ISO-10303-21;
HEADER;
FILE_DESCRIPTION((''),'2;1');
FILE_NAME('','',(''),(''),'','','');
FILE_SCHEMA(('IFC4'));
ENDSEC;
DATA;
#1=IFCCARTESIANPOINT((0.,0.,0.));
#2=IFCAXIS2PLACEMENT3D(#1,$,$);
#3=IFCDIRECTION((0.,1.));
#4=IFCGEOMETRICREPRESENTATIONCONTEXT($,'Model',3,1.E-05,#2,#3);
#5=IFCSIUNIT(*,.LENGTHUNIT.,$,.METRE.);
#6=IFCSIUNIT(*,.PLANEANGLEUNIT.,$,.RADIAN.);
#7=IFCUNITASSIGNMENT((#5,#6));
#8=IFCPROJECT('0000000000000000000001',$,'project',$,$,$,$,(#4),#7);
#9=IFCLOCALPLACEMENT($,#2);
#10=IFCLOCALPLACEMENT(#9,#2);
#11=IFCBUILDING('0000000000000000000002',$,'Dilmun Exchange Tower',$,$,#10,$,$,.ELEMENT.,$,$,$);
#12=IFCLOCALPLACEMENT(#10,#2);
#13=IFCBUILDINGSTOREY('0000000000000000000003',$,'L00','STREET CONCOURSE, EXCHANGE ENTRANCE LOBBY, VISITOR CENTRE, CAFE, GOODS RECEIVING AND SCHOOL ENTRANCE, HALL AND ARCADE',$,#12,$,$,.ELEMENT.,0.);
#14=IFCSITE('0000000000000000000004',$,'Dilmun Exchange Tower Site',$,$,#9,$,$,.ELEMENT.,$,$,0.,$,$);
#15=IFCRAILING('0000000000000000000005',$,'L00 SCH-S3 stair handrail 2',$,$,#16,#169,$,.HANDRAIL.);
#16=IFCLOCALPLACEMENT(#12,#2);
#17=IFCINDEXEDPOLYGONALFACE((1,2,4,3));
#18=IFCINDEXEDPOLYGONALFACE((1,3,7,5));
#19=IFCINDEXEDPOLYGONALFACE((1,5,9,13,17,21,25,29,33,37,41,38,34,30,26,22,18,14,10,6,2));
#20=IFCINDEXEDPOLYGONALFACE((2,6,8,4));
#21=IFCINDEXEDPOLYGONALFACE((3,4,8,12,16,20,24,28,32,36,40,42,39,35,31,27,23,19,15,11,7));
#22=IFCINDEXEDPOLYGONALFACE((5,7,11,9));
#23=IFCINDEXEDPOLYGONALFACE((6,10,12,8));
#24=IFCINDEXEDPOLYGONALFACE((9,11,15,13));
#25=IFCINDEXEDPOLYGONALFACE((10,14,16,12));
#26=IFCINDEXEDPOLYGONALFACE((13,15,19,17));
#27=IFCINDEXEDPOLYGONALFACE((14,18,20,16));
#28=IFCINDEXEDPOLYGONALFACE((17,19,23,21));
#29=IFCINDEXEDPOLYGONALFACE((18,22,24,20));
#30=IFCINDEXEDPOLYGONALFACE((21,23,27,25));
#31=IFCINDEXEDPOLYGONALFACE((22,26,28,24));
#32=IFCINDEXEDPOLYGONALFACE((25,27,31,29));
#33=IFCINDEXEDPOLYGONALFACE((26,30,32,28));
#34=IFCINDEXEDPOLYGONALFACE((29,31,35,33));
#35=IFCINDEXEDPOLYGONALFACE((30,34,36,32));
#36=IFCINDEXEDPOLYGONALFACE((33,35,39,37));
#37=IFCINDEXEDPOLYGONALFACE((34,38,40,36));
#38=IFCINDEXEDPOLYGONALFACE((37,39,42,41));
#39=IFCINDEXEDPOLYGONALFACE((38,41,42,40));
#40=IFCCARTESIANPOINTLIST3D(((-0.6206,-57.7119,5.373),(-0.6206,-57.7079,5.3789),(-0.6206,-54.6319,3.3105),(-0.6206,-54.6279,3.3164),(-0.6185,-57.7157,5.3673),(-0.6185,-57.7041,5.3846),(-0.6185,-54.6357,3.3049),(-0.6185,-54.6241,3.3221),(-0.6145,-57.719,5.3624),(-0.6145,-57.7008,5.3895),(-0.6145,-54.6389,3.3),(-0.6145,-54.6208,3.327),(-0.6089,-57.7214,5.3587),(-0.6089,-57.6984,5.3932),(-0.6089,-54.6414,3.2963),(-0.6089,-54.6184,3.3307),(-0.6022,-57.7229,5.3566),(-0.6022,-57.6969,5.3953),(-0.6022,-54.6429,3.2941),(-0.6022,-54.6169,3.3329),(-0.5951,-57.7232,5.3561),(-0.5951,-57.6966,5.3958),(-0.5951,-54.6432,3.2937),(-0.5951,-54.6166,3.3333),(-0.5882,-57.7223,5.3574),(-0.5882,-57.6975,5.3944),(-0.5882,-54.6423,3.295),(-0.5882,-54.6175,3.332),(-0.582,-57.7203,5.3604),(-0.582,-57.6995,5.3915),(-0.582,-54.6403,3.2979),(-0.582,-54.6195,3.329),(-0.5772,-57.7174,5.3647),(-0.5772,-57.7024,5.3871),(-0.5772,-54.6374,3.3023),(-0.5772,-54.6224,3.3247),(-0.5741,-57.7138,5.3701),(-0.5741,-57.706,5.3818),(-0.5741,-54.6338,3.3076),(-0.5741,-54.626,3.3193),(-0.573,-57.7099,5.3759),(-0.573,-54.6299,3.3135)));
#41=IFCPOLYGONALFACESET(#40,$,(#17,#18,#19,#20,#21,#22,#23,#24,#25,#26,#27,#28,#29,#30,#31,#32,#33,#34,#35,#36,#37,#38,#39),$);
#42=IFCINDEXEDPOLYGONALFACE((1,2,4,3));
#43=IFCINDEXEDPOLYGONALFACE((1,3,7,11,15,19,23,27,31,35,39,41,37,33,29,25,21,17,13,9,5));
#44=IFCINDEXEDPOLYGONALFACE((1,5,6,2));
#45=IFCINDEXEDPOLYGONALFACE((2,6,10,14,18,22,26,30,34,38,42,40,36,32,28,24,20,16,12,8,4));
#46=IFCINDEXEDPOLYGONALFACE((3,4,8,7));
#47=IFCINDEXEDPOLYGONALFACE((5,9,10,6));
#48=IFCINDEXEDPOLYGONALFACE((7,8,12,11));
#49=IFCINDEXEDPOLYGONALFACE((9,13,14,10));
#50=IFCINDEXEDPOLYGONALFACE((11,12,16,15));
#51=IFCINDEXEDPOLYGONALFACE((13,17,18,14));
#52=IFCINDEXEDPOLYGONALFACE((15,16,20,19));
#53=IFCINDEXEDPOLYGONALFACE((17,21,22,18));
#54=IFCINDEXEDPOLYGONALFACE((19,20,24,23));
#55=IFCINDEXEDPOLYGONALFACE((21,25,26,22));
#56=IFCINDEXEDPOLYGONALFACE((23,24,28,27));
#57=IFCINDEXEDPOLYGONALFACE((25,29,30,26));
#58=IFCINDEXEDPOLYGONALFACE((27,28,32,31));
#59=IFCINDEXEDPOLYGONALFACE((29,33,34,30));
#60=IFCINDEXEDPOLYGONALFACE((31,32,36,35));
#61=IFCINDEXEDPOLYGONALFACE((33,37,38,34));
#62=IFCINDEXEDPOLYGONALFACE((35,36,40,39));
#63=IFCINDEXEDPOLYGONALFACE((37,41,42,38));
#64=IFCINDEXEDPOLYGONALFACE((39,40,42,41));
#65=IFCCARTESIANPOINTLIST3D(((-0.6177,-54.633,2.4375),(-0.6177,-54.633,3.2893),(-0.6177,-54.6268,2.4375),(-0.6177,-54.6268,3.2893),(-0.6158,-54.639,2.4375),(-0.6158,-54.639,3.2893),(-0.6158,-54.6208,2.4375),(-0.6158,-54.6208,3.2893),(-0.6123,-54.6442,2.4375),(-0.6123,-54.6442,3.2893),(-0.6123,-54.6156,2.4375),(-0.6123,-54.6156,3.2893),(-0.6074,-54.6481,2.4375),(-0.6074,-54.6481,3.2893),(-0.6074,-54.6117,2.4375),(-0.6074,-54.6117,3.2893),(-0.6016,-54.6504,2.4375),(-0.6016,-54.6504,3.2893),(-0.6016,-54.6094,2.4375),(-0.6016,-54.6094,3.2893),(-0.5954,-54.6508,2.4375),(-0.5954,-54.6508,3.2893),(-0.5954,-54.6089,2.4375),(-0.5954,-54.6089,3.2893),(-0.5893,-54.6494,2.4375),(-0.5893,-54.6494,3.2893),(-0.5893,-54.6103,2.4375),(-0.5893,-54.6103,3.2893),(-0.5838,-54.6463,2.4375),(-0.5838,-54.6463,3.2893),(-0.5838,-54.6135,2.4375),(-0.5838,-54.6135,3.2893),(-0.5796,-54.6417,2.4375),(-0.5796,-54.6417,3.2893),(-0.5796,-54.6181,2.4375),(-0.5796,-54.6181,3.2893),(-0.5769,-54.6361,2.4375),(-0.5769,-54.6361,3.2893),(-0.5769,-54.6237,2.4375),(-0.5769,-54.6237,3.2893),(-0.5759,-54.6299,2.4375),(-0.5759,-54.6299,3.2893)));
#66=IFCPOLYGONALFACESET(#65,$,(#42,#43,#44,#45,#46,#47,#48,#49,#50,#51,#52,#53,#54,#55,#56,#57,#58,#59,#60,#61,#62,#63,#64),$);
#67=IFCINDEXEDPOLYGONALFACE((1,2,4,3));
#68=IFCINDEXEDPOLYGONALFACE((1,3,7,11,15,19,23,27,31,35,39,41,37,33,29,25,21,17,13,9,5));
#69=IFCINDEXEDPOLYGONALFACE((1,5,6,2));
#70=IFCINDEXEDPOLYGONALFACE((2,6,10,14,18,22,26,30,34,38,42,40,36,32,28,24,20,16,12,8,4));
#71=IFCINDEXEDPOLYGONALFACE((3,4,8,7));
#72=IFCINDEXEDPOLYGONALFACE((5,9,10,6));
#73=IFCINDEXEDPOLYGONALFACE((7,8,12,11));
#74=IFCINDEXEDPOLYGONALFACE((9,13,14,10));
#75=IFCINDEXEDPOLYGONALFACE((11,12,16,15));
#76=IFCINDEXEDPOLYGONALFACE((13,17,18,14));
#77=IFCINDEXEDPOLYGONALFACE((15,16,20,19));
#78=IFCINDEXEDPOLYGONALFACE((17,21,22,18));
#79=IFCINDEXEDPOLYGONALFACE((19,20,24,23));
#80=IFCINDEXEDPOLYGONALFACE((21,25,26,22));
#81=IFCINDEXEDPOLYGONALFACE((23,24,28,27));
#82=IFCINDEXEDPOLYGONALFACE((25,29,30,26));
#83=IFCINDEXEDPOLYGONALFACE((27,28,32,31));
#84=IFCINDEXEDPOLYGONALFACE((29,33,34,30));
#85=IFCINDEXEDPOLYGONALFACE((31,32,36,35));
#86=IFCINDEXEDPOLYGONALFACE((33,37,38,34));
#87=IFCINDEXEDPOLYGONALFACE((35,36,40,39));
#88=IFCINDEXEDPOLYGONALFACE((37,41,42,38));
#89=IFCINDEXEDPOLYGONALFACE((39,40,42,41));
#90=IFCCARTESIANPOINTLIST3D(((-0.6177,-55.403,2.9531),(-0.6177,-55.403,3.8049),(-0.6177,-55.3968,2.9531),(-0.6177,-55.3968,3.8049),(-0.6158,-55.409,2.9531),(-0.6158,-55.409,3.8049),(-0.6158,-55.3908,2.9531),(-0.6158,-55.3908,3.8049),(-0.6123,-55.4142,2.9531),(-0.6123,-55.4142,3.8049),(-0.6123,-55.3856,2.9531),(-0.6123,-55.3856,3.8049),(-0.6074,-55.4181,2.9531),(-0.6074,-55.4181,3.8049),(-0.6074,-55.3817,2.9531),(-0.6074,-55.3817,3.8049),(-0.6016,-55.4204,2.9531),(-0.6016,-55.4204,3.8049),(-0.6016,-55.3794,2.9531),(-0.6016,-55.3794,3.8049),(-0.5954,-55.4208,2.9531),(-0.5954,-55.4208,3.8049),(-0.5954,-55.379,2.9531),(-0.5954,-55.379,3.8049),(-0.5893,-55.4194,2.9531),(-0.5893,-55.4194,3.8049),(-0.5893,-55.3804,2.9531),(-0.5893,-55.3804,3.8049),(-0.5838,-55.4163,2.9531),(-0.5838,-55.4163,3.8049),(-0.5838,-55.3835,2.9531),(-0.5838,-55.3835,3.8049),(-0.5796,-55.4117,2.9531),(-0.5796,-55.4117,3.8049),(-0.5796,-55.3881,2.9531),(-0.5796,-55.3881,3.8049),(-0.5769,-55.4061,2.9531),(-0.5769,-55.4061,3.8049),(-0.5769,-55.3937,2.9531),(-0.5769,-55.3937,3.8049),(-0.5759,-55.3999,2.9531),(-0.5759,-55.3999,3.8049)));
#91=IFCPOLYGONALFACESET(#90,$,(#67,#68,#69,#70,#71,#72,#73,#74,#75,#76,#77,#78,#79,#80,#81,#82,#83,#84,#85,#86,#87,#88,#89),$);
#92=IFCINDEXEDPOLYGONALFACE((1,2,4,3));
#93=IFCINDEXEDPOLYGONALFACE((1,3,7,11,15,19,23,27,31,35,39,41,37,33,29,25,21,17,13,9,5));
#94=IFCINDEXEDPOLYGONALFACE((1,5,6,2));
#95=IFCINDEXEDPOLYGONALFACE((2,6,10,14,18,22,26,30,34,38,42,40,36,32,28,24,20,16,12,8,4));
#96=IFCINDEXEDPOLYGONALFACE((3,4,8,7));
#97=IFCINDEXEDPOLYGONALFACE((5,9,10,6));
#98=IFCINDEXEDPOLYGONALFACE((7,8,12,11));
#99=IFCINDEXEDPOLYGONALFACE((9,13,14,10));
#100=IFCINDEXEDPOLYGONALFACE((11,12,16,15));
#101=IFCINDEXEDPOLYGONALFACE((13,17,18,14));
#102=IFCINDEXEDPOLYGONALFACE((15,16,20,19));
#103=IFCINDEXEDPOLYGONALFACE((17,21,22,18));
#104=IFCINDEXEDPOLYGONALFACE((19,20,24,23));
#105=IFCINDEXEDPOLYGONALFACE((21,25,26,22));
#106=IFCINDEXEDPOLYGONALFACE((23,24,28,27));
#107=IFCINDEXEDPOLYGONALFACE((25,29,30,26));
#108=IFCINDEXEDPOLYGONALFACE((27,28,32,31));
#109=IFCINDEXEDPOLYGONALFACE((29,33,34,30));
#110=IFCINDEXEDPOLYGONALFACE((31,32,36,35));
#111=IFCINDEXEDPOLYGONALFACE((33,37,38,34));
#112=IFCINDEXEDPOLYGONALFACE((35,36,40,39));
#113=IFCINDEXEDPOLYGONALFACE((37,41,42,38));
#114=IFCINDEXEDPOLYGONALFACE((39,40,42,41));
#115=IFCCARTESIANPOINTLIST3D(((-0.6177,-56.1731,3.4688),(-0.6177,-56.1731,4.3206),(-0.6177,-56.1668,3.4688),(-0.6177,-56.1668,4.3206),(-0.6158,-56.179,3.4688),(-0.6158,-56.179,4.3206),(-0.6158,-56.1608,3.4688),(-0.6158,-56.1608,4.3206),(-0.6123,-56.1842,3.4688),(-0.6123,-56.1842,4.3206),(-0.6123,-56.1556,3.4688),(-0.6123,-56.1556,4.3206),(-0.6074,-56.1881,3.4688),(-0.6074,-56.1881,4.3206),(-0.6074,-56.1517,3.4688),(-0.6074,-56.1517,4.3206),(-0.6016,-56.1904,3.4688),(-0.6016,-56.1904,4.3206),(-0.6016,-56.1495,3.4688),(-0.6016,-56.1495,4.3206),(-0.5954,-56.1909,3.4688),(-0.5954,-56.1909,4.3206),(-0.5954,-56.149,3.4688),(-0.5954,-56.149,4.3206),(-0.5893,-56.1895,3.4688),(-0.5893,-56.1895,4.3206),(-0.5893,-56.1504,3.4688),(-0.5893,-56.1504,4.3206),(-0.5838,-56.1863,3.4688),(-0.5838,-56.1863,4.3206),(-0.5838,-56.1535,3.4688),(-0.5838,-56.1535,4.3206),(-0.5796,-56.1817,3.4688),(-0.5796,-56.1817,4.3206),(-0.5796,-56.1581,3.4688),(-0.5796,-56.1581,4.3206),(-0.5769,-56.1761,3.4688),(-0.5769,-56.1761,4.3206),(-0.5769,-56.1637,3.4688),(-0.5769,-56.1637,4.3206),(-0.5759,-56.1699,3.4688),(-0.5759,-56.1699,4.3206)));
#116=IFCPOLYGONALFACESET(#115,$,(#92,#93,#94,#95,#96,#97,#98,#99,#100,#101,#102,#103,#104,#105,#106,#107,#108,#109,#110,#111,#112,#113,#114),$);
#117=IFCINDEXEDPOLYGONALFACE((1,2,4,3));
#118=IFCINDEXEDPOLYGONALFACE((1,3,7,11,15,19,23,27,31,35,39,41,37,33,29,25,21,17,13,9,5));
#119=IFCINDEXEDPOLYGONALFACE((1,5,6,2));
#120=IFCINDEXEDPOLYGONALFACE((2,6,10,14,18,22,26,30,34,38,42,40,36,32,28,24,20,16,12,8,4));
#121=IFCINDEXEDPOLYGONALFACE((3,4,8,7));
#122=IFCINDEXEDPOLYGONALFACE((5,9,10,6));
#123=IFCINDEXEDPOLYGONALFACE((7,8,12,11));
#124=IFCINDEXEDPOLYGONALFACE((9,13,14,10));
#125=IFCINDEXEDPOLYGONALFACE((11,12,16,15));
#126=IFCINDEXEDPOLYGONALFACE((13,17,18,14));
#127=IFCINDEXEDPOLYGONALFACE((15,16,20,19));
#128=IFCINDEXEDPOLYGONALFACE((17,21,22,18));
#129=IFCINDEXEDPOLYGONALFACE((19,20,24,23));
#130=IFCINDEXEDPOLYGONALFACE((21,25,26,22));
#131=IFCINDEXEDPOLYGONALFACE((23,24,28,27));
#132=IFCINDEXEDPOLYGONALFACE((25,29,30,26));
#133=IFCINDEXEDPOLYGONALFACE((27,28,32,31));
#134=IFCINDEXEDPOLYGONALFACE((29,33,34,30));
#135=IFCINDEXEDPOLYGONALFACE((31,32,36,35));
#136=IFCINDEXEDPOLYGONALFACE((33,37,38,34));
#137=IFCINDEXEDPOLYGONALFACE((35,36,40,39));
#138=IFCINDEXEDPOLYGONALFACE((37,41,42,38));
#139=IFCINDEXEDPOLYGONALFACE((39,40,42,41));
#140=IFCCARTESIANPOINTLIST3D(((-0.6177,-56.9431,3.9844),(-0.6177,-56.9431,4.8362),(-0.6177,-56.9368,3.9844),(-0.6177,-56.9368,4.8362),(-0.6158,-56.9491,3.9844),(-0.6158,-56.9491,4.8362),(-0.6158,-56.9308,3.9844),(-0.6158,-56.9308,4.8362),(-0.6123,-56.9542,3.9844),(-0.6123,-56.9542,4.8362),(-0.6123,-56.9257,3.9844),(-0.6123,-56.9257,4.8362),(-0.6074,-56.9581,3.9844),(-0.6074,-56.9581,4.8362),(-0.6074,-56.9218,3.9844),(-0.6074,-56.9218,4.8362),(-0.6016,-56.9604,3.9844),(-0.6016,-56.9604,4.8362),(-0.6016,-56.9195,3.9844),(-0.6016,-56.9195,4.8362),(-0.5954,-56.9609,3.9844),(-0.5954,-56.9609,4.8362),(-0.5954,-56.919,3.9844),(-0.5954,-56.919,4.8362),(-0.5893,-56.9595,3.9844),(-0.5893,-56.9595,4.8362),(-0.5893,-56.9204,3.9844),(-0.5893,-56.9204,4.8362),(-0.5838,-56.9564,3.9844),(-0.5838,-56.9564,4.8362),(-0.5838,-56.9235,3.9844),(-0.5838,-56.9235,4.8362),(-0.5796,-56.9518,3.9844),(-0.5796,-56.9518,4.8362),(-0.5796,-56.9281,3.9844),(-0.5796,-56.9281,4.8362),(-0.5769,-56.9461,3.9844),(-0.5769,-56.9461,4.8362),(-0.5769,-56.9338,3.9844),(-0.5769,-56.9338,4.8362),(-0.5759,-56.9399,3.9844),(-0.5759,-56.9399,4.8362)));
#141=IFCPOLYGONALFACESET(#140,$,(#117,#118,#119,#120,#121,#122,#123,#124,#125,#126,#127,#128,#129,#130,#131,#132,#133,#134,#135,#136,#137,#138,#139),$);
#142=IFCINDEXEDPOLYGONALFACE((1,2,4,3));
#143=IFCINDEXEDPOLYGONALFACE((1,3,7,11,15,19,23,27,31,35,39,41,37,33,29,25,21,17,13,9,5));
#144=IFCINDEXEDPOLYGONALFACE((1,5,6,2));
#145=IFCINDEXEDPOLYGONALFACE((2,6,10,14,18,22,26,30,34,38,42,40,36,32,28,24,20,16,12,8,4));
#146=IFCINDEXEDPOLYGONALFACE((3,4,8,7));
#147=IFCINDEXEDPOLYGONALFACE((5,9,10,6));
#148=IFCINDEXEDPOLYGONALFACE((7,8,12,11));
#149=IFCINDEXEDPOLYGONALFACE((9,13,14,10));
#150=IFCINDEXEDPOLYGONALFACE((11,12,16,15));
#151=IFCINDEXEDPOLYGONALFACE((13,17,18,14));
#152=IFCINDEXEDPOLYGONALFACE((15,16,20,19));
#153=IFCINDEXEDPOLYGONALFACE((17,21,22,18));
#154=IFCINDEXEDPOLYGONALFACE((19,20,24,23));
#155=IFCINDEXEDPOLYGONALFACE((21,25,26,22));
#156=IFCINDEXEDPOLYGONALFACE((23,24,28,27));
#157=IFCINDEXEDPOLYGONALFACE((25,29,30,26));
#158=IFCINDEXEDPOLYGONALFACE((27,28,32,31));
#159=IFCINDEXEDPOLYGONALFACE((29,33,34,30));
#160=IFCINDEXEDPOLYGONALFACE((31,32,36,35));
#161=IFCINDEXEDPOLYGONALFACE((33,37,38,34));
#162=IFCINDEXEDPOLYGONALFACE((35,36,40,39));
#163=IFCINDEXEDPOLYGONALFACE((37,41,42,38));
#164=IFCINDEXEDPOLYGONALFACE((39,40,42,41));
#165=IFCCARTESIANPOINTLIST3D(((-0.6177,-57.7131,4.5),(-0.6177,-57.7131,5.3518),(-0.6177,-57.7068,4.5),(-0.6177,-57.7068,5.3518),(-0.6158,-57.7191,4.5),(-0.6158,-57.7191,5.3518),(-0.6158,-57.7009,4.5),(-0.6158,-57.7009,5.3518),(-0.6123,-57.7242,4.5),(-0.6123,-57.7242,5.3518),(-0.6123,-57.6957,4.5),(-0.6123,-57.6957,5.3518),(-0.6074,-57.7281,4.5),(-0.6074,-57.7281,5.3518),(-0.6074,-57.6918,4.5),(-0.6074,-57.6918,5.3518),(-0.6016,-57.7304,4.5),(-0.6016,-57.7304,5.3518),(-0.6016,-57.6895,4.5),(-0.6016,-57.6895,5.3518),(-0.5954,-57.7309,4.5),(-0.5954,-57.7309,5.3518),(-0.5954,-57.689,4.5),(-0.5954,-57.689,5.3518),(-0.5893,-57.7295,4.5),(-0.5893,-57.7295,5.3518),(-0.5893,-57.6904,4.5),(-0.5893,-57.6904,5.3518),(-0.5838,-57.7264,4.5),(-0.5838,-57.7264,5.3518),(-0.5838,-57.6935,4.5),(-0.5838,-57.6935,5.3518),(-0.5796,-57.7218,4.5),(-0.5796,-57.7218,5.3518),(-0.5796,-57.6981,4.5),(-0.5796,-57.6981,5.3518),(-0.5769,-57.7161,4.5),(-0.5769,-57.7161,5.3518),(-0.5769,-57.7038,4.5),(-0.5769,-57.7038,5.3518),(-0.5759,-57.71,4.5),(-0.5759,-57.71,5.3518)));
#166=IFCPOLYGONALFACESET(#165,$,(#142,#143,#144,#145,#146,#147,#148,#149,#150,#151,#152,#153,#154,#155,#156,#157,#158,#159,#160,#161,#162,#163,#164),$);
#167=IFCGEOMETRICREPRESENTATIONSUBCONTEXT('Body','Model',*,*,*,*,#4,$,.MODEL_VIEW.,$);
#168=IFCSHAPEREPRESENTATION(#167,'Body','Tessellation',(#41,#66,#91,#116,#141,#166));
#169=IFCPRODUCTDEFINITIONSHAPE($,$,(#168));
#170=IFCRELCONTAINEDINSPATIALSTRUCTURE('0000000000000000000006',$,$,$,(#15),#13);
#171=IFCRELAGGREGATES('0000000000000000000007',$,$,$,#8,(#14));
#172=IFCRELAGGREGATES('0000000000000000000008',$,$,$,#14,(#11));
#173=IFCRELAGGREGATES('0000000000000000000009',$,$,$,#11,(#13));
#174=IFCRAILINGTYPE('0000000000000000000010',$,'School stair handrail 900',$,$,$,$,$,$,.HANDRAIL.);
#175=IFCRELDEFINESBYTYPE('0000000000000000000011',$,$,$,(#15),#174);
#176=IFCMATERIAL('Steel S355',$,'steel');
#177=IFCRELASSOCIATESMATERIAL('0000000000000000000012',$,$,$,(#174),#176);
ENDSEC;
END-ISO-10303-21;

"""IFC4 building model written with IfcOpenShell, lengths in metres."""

from ifc_helpers import new_model, si_unit, direction, frame, origin, origin_2d, place, context, subcontext, project, spatial, circle, extrude, material, type_object, element, save


model = new_model("IFC4")

# Units and contexts
model_context = context("Model", 3, precision=1e-05, world=origin(), true_north=direction((0.0, 1.0)))
body_context = subcontext(model_context, "Body", "Model", "MODEL_VIEW")
ifc_project = project(units=[si_unit("LENGTHUNIT", "METRE"), si_unit("PLANEANGLEUNIT", "RADIAN")], contexts=[model_context])

# Site, building, storey
site_placement = place(None, origin())
site = spatial("IfcSite", under=ifc_project, at=site_placement, Name="Dilmun Exchange Tower Site", CompositionType="ELEMENT", RefElevation=0.0)
building_placement = place(site_placement, origin())
building = spatial("IfcBuilding", under=site, at=building_placement, Name="Dilmun Exchange Tower", CompositionType="ELEMENT")
storey_placement = place(building_placement, origin())
storey = spatial("IfcBuildingStorey", under=building, at=storey_placement, Name="L00", Description="STREET CONCOURSE, EXCHANGE ENTRANCE LOBBY, VISITOR CENTRE, CAFE, GOODS RECEIVING AND SCHOOL ENTRANCE, HALL AND ARCADE", CompositionType="ELEMENT", Elevation=0.0)

# Railing
ifc_material_1 = material(Name="Steel S355", Category="steel")
railing_type_1 = type_object("IfcRailingType", Name="School stair handrail 900", PredefinedType="HANDRAIL", material=ifc_material_1)
railing_1_placement = place(storey_placement, frame((-0.5969, -54.6299, 2.4375)))
element("IfcRailing", 1, at=railing_1_placement, inside=storey, type_object=railing_type_1, Name="L00 SCH-S3 stair handrail 2", PredefinedType="HANDRAIL", context=body_context, shape_type="SweptSolid", body=[
    extrude(circle(Radius=0.0239, at=origin_2d()), frame((0.0, 0.0, 0.876), z_axis=(0.0, -0.830914, 0.556401), x_axis=(1.0, 0.0, 0.0)), (0.0, 0.0, 1.0), 3.7068),
    extrude(circle(Radius=0.021, at=origin_2d()), origin(), (0.0, 0.0, 1.0), 0.8518),
    extrude(circle(Radius=0.021, at=origin_2d()), frame((0.0, -0.77, 0.5156)), (0.0, 0.0, 1.0), 0.8518),
    extrude(circle(Radius=0.021, at=origin_2d()), frame((0.0, -1.54, 1.0312)), (0.0, 0.0, 1.0), 0.8518),
    extrude(circle(Radius=0.021, at=origin_2d()), frame((0.0, -2.3101, 1.5469)), (0.0, 0.0, 1.0), 0.8518),
    extrude(circle(Radius=0.021, at=origin_2d()), frame((0.0, -3.0801, 2.0625)), (0.0, 0.0, 1.0), 0.8518),
])

save(model, "model.ifc")
